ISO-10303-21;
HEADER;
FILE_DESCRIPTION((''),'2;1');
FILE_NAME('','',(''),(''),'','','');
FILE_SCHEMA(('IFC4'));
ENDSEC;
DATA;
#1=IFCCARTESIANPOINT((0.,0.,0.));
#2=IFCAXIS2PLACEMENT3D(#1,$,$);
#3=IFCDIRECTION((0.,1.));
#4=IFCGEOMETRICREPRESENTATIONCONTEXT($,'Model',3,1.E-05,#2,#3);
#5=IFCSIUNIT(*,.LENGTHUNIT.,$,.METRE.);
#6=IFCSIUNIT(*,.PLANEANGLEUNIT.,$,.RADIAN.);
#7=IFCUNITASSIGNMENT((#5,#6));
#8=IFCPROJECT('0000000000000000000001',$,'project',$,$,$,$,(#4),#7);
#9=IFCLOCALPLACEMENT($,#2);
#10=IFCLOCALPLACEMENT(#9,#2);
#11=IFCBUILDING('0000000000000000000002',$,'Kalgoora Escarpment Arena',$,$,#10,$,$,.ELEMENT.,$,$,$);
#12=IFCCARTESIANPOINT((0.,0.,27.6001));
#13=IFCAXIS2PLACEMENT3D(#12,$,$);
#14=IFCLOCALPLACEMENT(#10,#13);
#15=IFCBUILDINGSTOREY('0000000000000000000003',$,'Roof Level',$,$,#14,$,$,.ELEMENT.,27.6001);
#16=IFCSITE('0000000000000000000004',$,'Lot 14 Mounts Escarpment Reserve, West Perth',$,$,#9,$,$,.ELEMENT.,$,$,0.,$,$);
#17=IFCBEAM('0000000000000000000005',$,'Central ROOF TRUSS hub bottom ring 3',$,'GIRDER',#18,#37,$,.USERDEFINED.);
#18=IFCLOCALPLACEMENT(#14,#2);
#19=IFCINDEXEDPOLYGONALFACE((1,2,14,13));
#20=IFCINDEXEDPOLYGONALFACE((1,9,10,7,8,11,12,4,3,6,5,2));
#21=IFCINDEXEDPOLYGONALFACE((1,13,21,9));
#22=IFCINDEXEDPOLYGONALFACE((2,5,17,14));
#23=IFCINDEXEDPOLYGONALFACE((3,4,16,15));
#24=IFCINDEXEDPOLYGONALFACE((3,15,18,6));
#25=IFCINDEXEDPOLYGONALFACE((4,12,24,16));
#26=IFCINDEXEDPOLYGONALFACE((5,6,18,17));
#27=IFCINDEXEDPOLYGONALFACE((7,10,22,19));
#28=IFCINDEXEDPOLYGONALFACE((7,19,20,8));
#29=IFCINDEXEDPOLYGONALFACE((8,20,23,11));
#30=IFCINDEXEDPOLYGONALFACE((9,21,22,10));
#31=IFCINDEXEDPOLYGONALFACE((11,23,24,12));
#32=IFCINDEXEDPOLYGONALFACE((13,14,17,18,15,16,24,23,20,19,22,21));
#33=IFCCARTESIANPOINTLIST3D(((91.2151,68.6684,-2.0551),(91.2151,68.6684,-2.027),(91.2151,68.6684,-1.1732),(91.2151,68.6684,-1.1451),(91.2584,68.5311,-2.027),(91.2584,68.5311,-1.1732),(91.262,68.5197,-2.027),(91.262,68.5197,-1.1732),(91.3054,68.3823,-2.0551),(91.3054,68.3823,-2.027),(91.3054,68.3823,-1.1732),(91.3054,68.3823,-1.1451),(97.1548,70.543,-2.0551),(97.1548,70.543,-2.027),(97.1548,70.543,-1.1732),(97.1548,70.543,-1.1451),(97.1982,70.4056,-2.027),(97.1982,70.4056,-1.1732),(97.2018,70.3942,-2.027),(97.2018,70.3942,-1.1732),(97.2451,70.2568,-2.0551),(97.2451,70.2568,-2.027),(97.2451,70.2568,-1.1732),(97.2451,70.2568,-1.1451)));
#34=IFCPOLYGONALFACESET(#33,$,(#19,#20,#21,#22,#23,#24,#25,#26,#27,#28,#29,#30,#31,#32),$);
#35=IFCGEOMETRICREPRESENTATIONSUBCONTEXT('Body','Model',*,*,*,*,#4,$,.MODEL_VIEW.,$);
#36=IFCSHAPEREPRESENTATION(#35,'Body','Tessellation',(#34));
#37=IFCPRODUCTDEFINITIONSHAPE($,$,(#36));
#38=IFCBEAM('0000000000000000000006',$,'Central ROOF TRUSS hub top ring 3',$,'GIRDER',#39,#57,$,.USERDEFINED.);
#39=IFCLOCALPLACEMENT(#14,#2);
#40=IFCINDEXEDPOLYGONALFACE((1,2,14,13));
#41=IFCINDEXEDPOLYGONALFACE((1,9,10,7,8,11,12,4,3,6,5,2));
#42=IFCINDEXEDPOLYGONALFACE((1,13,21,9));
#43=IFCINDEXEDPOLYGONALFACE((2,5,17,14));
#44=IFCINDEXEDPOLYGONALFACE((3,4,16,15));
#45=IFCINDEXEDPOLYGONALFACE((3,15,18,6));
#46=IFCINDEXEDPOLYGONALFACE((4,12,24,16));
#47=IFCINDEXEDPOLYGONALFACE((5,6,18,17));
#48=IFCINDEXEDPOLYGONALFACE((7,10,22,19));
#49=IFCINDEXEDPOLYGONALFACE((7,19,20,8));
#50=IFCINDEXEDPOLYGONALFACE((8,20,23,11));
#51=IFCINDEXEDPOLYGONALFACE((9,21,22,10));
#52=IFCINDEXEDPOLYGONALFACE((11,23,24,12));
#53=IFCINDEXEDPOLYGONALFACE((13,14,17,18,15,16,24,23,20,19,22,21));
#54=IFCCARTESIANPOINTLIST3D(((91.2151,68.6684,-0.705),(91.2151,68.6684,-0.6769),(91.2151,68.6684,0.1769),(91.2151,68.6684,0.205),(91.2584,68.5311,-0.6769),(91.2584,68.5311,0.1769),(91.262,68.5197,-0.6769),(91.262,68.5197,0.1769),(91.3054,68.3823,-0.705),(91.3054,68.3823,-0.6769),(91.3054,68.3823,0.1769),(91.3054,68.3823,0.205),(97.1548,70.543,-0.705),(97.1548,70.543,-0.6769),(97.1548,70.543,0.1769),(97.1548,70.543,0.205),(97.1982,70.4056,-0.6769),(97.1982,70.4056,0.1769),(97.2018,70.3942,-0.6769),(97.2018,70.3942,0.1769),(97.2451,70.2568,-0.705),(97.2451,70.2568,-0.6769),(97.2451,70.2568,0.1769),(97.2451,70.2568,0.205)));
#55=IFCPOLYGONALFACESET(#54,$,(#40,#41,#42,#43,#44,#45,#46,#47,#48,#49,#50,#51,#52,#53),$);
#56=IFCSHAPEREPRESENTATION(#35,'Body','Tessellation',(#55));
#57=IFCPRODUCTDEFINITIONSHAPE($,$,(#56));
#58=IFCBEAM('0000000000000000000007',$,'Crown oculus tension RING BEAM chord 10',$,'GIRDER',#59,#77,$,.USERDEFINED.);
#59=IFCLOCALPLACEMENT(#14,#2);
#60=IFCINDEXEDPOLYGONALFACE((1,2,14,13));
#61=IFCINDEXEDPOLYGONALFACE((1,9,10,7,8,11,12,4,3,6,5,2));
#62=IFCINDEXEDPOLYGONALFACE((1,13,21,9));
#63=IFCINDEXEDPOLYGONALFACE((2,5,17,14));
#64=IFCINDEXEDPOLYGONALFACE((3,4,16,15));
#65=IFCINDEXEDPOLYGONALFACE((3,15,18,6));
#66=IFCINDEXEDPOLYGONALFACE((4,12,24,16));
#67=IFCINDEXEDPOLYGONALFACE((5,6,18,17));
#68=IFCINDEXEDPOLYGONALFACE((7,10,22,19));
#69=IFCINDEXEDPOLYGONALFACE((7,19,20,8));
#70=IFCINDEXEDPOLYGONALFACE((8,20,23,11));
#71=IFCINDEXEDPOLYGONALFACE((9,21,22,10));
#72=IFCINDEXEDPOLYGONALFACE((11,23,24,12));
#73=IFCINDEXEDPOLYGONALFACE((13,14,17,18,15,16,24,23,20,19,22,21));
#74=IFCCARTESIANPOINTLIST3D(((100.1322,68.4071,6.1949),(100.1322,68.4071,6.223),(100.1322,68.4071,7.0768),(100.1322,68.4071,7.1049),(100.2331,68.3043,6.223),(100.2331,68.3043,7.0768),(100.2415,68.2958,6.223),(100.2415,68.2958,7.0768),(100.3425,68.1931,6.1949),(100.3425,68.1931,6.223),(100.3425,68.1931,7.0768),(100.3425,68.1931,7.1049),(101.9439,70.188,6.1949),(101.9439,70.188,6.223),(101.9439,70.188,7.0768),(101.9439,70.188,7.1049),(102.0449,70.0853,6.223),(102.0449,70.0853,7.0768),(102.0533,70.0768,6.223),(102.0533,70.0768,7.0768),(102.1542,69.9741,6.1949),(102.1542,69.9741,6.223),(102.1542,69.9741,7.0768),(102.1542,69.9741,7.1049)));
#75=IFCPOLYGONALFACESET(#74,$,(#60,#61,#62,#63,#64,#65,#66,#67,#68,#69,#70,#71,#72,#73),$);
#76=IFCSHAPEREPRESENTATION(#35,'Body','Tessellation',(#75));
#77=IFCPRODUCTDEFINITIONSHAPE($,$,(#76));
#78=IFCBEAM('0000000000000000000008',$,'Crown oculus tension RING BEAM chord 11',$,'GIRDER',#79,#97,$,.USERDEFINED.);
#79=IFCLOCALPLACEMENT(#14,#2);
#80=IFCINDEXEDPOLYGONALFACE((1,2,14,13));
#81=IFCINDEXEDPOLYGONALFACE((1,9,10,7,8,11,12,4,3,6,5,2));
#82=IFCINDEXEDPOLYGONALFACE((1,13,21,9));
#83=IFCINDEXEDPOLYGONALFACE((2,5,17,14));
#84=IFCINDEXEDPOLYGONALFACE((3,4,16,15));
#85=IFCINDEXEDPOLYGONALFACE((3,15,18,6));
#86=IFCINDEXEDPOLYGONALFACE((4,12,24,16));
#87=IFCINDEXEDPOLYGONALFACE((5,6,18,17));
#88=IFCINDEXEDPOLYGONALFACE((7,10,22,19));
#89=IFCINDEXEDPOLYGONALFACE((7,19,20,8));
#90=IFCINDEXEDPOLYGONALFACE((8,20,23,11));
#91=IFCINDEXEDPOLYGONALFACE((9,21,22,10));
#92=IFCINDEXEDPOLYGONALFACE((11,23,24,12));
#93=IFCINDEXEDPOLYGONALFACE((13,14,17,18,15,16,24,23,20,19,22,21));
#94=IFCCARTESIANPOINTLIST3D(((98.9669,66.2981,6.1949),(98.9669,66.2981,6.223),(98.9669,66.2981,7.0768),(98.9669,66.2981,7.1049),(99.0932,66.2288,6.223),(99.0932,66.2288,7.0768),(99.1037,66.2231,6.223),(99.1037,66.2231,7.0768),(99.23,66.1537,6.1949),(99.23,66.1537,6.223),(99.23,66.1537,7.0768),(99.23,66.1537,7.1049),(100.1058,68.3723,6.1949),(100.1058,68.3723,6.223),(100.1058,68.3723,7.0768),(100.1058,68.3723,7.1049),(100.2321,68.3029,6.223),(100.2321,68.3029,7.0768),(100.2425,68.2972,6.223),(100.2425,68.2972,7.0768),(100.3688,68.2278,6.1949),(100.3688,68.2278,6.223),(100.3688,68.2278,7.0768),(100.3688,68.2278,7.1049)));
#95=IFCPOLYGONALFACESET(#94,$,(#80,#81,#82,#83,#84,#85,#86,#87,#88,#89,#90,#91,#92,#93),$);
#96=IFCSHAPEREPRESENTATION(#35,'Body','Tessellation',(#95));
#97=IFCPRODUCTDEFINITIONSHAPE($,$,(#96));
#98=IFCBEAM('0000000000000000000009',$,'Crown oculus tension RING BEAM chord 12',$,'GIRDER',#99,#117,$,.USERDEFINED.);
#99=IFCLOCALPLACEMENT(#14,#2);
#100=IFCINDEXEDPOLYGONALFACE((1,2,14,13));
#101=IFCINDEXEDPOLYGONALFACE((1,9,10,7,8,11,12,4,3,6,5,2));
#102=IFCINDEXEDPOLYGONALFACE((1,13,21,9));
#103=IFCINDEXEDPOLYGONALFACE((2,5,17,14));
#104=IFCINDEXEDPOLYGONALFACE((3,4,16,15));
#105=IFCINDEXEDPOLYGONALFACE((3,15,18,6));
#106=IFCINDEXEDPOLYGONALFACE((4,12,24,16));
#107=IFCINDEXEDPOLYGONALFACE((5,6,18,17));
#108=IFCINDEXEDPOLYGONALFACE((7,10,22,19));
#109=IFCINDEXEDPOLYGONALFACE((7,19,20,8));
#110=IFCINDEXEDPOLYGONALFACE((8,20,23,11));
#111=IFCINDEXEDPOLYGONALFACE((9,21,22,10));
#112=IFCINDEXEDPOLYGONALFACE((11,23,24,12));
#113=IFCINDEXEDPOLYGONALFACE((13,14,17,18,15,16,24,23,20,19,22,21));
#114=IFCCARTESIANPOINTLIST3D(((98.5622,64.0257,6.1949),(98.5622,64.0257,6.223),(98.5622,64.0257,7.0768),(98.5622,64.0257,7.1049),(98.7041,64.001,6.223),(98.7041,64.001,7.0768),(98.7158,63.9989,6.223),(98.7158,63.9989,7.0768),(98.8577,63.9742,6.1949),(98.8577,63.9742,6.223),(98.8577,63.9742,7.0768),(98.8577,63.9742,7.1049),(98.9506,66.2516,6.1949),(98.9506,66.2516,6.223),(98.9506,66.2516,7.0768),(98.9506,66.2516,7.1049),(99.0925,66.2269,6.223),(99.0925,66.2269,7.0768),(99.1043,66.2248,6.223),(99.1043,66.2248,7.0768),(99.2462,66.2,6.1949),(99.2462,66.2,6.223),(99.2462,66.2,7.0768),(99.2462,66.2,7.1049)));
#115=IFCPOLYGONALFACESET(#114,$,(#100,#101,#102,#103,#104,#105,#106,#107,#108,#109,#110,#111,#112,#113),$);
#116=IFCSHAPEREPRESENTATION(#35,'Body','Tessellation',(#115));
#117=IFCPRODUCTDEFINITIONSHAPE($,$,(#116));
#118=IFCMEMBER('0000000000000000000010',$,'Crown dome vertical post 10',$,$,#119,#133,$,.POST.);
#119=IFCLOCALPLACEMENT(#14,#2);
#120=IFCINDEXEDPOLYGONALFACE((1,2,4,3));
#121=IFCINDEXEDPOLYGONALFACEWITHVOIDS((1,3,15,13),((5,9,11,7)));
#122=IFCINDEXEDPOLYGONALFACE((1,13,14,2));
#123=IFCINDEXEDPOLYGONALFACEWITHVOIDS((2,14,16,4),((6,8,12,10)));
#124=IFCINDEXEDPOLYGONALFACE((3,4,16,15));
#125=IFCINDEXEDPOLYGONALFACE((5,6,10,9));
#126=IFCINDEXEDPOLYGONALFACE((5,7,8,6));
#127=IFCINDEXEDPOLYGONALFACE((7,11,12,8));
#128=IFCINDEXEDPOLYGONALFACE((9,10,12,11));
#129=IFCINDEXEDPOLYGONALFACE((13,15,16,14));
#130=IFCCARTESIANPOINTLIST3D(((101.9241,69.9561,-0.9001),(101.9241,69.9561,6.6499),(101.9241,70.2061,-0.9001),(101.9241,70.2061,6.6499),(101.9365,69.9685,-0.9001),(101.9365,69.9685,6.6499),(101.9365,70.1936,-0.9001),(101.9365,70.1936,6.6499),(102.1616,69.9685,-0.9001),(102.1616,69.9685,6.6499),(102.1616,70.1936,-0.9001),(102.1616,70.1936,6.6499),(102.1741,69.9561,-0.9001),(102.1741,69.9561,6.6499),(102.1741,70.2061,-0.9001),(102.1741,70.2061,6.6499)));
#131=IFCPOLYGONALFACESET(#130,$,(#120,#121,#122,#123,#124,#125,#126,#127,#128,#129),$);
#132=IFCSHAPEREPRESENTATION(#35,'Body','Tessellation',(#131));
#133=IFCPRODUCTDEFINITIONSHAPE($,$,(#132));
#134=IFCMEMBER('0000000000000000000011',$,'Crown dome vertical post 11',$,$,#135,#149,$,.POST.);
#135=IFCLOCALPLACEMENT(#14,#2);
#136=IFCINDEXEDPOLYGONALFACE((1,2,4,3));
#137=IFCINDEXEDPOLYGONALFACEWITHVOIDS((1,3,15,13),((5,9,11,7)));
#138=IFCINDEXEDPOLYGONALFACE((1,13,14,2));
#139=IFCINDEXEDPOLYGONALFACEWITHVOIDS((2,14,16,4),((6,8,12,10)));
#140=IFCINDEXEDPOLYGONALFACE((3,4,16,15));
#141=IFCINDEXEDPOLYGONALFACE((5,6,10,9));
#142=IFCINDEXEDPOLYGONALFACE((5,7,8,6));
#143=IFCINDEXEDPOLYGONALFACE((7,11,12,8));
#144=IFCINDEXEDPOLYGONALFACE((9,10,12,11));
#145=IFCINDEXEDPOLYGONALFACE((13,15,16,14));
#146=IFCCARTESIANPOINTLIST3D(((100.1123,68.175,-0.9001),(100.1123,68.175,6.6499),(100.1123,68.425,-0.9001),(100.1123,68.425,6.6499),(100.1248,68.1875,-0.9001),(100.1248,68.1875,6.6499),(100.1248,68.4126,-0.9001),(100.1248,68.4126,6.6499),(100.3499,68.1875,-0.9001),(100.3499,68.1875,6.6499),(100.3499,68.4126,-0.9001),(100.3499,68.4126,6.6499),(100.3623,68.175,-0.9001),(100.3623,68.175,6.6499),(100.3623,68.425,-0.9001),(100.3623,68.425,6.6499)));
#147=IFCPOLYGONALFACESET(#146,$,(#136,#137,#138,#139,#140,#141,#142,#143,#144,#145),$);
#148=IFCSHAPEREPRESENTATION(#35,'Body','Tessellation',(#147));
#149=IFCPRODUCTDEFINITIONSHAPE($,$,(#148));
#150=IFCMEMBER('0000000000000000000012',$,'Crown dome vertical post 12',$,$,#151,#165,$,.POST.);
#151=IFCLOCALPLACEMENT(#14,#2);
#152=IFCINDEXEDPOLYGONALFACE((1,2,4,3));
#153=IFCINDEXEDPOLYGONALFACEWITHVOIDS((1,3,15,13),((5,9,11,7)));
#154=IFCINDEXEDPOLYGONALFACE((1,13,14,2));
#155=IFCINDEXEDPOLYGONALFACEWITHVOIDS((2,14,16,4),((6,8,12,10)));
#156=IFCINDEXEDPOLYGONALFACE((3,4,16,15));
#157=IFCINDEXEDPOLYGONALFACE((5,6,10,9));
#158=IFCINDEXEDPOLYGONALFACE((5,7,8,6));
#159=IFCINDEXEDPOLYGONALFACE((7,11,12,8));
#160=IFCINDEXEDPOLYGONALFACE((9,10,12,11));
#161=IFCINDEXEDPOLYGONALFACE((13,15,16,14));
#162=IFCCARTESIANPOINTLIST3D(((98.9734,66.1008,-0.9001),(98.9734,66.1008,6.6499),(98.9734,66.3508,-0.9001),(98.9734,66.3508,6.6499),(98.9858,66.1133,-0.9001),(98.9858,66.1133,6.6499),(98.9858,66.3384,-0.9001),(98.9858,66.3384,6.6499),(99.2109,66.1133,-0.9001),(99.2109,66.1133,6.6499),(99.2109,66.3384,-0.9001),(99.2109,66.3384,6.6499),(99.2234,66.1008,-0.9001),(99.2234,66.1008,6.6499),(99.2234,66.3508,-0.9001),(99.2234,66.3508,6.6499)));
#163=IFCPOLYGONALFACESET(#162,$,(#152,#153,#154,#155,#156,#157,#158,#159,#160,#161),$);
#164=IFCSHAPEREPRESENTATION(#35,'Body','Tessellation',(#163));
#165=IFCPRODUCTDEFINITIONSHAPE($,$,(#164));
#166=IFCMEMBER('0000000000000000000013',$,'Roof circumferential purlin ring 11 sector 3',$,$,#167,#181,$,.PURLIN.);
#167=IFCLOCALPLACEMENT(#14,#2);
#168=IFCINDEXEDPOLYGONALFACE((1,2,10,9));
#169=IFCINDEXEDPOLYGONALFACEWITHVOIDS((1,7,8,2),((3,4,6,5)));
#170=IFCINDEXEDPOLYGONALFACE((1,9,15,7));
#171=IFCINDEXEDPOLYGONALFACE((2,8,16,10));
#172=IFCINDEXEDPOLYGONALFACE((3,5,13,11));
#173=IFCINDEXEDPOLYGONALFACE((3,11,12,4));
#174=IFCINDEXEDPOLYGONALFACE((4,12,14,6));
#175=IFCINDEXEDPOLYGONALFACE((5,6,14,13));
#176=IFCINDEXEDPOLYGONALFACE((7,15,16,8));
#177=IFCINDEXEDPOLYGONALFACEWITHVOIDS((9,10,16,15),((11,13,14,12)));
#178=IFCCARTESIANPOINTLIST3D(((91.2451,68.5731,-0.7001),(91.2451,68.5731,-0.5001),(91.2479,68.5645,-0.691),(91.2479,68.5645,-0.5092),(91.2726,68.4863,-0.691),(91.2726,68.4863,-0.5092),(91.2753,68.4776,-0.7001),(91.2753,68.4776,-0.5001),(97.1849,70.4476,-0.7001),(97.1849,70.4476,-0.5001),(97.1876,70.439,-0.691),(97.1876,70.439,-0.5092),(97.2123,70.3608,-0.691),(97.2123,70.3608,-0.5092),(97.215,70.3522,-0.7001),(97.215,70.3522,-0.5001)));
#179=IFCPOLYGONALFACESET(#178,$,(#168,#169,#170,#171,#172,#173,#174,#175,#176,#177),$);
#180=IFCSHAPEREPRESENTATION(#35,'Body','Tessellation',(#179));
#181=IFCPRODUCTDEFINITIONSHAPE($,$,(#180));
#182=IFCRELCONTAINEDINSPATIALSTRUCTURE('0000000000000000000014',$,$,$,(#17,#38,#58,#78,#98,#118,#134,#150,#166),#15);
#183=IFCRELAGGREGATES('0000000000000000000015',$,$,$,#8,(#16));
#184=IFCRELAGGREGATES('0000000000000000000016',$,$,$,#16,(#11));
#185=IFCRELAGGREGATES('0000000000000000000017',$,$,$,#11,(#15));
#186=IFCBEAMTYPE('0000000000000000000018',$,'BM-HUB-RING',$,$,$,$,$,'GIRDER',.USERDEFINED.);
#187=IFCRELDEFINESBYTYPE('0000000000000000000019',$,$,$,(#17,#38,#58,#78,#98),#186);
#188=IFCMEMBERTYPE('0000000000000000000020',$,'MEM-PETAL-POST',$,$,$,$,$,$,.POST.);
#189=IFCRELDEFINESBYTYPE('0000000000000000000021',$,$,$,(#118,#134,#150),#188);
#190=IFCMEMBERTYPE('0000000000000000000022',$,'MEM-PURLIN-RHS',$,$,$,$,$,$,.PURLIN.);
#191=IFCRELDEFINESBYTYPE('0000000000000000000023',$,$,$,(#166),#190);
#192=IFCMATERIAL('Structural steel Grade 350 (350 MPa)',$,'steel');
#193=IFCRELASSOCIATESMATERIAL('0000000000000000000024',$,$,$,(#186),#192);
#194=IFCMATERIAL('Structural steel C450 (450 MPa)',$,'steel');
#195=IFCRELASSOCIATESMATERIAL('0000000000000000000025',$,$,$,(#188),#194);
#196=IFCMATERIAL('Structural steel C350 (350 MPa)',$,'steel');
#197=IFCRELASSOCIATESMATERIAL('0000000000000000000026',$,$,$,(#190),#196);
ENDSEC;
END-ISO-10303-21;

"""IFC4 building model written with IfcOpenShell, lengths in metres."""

from ifc_helpers import new_model, si_unit, direction, frame, origin, origin_2d, place, context, subcontext, project, spatial, hollow_rectangle, i_section, extrude, material, material_profile, profile_set, type_object, element, save


model = new_model("IFC4")

# Units and contexts
model_context = context("Model", 3, precision=1e-05, world=origin(), true_north=direction((0.0, 1.0)))
body_context = subcontext(model_context, "Body", "Model", "MODEL_VIEW")
ifc_project = project(units=[si_unit("LENGTHUNIT", "METRE"), si_unit("PLANEANGLEUNIT", "RADIAN")], contexts=[model_context])

# Site, building, storey
site_placement = place(None, origin())
site = spatial("IfcSite", under=ifc_project, at=site_placement, Name="Lot 14 Mounts Escarpment Reserve, West Perth", CompositionType="ELEMENT", RefElevation=0.0)
building_placement = place(site_placement, origin())
building = spatial("IfcBuilding", under=site, at=building_placement, Name="Kalgoora Escarpment Arena", CompositionType="ELEMENT")
storey_placement = place(building_placement, frame((0.0, 0.0, 27.6001)))
storey = spatial("IfcBuildingStorey", under=building, at=storey_placement, Name="Roof Level", CompositionType="ELEMENT", Elevation=27.6001)

# Beams
ifc_material_1 = material(Name="Structural steel Grade 350 (350 MPa)", Category="steel")
ifc_material_profile_1 = material_profile(ifc_material_1, i_section(OverallWidth=0.3, OverallDepth=0.9099, WebThickness=0.012, FlangeThickness=0.0281, at=origin_2d()))
ifc_profile_set_1 = profile_set([ifc_material_profile_1], Name="Structural steel Grade 350 (350 MPa)")
beam_type = type_object("IfcBeamType", Name="BM-HUB-RING", ElementType="GIRDER", PredefinedType="USERDEFINED", material=ifc_profile_set_1)
for number, where, z_axis, x_axis, name in (
    (1, (97.2, 70.3999, -1.6001), (-0.953637, -0.300959, 0.0), (0.300959, -0.953637, 0.0), "Central ROOF TRUSS hub bottom ring 3"),
    (2, (97.2, 70.3999, -0.25), (-0.953637, -0.300959, 0.0), (0.300959, -0.953637, 0.0), "Central ROOF TRUSS hub top ring 3"),
):
    element("IfcBeam", number, at=place(storey_placement, frame(where, z_axis=z_axis, x_axis=x_axis)), inside=storey, type_object=beam_type, Name=name, ObjectType="GIRDER", PredefinedType="USERDEFINED", context=body_context, shape_type="SweptSolid", body=[
        extrude(i_section(OverallWidth=0.3, OverallDepth=0.9099, WebThickness=0.012, FlangeThickness=0.0281, at=origin_2d()), origin(), (0.0, 0.0, 1.0), 6.2285),
    ])
beam_1_placement = place(storey_placement, frame((102.0491, 70.0811, 6.6499), z_axis=(-0.713135, -0.701027, 0.0), x_axis=(0.701027, -0.713135, 0.0)))
element("IfcBeam", 3, at=beam_1_placement, inside=storey, type_object=beam_type, Name="Crown oculus tension RING BEAM chord 10", ObjectType="GIRDER", PredefinedType="USERDEFINED", context=body_context, shape_type="SweptSolid", body=[
    extrude(i_section(OverallWidth=0.3, OverallDepth=0.9099, WebThickness=0.012, FlangeThickness=0.0281, at=origin_2d()), origin(), (0.0, 0.0, 1.0), 2.5405),
])
beam_2_placement = place(storey_placement, frame((100.2373, 68.3, 6.6499), z_axis=(-0.481301, -0.876556, 0.0), x_axis=(0.876556, -0.481301, 0.0)))
element("IfcBeam", 4, at=beam_2_placement, inside=storey, type_object=beam_type, Name="Crown oculus tension RING BEAM chord 11", ObjectType="GIRDER", PredefinedType="USERDEFINED", context=body_context, shape_type="SweptSolid", body=[
    extrude(i_section(OverallWidth=0.3, OverallDepth=0.9099, WebThickness=0.012, FlangeThickness=0.0281, at=origin_2d()), origin(), (0.0, 0.0, 1.0), 2.3662),
])
beam_3_placement = place(storey_placement, frame((99.0984, 66.2258, 6.6499), z_axis=(-0.171911, -0.985112, 0.0), x_axis=(0.985112, -0.171911, 0.0)))
element("IfcBeam", 5, at=beam_3_placement, inside=storey, type_object=beam_type, Name="Crown oculus tension RING BEAM chord 12", ObjectType="GIRDER", PredefinedType="USERDEFINED", context=body_context, shape_type="SweptSolid", body=[
    extrude(i_section(OverallWidth=0.3, OverallDepth=0.9099, WebThickness=0.012, FlangeThickness=0.0281, at=origin_2d()), origin(), (0.0, 0.0, 1.0), 2.2595),
])

# Members
ifc_material_2 = material(Name="Structural steel C450 (450 MPa)", Category="steel")
ifc_material_profile_2 = material_profile(ifc_material_2, hollow_rectangle(XDim=0.25, YDim=0.25, WallThickness=0.0125, at=origin_2d()))
ifc_profile_set_2 = profile_set([ifc_material_profile_2], Name="Structural steel C450 (450 MPa)")
member_type_1 = type_object("IfcMemberType", Name="MEM-PETAL-POST", PredefinedType="POST", material=ifc_profile_set_2)
for number, where, z_axis, x_axis, name in (
    (6, (102.0491, 70.0811, -0.9001), (0.0, 0.0, 1.0), (1.0, 0.0, 0.0), "Crown dome vertical post 10"),
    (7, (100.2373, 68.3, -0.9001), (0.0, 0.0, 1.0), (1.0, 0.0, 0.0), "Crown dome vertical post 11"),
    (8, (99.0984, 66.2258, -0.9001), (0.0, 0.0, 1.0), (1.0, 0.0, 0.0), "Crown dome vertical post 12"),
):
    element("IfcMember", number, at=place(storey_placement, frame(where, z_axis=z_axis, x_axis=x_axis)), inside=storey, type_object=member_type_1, Name=name, PredefinedType="POST", context=body_context, shape_type="SweptSolid", body=[
        extrude(hollow_rectangle(XDim=0.25, YDim=0.25, WallThickness=0.0125, at=origin_2d()), origin(), (0.0, 0.0, 1.0), 7.55),
    ])
ifc_material_3 = material(Name="Structural steel C350 (350 MPa)", Category="steel")
ifc_material_profile_3 = material_profile(ifc_material_3, hollow_rectangle(XDim=0.1001, YDim=0.2, WallThickness=0.009, at=origin_2d()))
ifc_profile_set_3 = profile_set([ifc_material_profile_3], Name="Structural steel C350 (350 MPa)")
member_type_2 = type_object("IfcMemberType", Name="MEM-PURLIN-RHS", PredefinedType="PURLIN", material=ifc_profile_set_3)
member_1_placement = place(storey_placement, frame((97.2, 70.3999, -0.6001), z_axis=(-0.953637, -0.300959, 0.0), x_axis=(0.300959, -0.953637, 0.0)))
element("IfcMember", 9, at=member_1_placement, inside=storey, type_object=member_type_2, Name="Roof circumferential purlin ring 11 sector 3", PredefinedType="PURLIN", context=body_context, shape_type="SweptSolid", body=[
    extrude(hollow_rectangle(XDim=0.1001, YDim=0.2, WallThickness=0.009, at=origin_2d()), origin(), (0.0, 0.0, 1.0), 6.2285),
])

save(model, "model.ifc")
